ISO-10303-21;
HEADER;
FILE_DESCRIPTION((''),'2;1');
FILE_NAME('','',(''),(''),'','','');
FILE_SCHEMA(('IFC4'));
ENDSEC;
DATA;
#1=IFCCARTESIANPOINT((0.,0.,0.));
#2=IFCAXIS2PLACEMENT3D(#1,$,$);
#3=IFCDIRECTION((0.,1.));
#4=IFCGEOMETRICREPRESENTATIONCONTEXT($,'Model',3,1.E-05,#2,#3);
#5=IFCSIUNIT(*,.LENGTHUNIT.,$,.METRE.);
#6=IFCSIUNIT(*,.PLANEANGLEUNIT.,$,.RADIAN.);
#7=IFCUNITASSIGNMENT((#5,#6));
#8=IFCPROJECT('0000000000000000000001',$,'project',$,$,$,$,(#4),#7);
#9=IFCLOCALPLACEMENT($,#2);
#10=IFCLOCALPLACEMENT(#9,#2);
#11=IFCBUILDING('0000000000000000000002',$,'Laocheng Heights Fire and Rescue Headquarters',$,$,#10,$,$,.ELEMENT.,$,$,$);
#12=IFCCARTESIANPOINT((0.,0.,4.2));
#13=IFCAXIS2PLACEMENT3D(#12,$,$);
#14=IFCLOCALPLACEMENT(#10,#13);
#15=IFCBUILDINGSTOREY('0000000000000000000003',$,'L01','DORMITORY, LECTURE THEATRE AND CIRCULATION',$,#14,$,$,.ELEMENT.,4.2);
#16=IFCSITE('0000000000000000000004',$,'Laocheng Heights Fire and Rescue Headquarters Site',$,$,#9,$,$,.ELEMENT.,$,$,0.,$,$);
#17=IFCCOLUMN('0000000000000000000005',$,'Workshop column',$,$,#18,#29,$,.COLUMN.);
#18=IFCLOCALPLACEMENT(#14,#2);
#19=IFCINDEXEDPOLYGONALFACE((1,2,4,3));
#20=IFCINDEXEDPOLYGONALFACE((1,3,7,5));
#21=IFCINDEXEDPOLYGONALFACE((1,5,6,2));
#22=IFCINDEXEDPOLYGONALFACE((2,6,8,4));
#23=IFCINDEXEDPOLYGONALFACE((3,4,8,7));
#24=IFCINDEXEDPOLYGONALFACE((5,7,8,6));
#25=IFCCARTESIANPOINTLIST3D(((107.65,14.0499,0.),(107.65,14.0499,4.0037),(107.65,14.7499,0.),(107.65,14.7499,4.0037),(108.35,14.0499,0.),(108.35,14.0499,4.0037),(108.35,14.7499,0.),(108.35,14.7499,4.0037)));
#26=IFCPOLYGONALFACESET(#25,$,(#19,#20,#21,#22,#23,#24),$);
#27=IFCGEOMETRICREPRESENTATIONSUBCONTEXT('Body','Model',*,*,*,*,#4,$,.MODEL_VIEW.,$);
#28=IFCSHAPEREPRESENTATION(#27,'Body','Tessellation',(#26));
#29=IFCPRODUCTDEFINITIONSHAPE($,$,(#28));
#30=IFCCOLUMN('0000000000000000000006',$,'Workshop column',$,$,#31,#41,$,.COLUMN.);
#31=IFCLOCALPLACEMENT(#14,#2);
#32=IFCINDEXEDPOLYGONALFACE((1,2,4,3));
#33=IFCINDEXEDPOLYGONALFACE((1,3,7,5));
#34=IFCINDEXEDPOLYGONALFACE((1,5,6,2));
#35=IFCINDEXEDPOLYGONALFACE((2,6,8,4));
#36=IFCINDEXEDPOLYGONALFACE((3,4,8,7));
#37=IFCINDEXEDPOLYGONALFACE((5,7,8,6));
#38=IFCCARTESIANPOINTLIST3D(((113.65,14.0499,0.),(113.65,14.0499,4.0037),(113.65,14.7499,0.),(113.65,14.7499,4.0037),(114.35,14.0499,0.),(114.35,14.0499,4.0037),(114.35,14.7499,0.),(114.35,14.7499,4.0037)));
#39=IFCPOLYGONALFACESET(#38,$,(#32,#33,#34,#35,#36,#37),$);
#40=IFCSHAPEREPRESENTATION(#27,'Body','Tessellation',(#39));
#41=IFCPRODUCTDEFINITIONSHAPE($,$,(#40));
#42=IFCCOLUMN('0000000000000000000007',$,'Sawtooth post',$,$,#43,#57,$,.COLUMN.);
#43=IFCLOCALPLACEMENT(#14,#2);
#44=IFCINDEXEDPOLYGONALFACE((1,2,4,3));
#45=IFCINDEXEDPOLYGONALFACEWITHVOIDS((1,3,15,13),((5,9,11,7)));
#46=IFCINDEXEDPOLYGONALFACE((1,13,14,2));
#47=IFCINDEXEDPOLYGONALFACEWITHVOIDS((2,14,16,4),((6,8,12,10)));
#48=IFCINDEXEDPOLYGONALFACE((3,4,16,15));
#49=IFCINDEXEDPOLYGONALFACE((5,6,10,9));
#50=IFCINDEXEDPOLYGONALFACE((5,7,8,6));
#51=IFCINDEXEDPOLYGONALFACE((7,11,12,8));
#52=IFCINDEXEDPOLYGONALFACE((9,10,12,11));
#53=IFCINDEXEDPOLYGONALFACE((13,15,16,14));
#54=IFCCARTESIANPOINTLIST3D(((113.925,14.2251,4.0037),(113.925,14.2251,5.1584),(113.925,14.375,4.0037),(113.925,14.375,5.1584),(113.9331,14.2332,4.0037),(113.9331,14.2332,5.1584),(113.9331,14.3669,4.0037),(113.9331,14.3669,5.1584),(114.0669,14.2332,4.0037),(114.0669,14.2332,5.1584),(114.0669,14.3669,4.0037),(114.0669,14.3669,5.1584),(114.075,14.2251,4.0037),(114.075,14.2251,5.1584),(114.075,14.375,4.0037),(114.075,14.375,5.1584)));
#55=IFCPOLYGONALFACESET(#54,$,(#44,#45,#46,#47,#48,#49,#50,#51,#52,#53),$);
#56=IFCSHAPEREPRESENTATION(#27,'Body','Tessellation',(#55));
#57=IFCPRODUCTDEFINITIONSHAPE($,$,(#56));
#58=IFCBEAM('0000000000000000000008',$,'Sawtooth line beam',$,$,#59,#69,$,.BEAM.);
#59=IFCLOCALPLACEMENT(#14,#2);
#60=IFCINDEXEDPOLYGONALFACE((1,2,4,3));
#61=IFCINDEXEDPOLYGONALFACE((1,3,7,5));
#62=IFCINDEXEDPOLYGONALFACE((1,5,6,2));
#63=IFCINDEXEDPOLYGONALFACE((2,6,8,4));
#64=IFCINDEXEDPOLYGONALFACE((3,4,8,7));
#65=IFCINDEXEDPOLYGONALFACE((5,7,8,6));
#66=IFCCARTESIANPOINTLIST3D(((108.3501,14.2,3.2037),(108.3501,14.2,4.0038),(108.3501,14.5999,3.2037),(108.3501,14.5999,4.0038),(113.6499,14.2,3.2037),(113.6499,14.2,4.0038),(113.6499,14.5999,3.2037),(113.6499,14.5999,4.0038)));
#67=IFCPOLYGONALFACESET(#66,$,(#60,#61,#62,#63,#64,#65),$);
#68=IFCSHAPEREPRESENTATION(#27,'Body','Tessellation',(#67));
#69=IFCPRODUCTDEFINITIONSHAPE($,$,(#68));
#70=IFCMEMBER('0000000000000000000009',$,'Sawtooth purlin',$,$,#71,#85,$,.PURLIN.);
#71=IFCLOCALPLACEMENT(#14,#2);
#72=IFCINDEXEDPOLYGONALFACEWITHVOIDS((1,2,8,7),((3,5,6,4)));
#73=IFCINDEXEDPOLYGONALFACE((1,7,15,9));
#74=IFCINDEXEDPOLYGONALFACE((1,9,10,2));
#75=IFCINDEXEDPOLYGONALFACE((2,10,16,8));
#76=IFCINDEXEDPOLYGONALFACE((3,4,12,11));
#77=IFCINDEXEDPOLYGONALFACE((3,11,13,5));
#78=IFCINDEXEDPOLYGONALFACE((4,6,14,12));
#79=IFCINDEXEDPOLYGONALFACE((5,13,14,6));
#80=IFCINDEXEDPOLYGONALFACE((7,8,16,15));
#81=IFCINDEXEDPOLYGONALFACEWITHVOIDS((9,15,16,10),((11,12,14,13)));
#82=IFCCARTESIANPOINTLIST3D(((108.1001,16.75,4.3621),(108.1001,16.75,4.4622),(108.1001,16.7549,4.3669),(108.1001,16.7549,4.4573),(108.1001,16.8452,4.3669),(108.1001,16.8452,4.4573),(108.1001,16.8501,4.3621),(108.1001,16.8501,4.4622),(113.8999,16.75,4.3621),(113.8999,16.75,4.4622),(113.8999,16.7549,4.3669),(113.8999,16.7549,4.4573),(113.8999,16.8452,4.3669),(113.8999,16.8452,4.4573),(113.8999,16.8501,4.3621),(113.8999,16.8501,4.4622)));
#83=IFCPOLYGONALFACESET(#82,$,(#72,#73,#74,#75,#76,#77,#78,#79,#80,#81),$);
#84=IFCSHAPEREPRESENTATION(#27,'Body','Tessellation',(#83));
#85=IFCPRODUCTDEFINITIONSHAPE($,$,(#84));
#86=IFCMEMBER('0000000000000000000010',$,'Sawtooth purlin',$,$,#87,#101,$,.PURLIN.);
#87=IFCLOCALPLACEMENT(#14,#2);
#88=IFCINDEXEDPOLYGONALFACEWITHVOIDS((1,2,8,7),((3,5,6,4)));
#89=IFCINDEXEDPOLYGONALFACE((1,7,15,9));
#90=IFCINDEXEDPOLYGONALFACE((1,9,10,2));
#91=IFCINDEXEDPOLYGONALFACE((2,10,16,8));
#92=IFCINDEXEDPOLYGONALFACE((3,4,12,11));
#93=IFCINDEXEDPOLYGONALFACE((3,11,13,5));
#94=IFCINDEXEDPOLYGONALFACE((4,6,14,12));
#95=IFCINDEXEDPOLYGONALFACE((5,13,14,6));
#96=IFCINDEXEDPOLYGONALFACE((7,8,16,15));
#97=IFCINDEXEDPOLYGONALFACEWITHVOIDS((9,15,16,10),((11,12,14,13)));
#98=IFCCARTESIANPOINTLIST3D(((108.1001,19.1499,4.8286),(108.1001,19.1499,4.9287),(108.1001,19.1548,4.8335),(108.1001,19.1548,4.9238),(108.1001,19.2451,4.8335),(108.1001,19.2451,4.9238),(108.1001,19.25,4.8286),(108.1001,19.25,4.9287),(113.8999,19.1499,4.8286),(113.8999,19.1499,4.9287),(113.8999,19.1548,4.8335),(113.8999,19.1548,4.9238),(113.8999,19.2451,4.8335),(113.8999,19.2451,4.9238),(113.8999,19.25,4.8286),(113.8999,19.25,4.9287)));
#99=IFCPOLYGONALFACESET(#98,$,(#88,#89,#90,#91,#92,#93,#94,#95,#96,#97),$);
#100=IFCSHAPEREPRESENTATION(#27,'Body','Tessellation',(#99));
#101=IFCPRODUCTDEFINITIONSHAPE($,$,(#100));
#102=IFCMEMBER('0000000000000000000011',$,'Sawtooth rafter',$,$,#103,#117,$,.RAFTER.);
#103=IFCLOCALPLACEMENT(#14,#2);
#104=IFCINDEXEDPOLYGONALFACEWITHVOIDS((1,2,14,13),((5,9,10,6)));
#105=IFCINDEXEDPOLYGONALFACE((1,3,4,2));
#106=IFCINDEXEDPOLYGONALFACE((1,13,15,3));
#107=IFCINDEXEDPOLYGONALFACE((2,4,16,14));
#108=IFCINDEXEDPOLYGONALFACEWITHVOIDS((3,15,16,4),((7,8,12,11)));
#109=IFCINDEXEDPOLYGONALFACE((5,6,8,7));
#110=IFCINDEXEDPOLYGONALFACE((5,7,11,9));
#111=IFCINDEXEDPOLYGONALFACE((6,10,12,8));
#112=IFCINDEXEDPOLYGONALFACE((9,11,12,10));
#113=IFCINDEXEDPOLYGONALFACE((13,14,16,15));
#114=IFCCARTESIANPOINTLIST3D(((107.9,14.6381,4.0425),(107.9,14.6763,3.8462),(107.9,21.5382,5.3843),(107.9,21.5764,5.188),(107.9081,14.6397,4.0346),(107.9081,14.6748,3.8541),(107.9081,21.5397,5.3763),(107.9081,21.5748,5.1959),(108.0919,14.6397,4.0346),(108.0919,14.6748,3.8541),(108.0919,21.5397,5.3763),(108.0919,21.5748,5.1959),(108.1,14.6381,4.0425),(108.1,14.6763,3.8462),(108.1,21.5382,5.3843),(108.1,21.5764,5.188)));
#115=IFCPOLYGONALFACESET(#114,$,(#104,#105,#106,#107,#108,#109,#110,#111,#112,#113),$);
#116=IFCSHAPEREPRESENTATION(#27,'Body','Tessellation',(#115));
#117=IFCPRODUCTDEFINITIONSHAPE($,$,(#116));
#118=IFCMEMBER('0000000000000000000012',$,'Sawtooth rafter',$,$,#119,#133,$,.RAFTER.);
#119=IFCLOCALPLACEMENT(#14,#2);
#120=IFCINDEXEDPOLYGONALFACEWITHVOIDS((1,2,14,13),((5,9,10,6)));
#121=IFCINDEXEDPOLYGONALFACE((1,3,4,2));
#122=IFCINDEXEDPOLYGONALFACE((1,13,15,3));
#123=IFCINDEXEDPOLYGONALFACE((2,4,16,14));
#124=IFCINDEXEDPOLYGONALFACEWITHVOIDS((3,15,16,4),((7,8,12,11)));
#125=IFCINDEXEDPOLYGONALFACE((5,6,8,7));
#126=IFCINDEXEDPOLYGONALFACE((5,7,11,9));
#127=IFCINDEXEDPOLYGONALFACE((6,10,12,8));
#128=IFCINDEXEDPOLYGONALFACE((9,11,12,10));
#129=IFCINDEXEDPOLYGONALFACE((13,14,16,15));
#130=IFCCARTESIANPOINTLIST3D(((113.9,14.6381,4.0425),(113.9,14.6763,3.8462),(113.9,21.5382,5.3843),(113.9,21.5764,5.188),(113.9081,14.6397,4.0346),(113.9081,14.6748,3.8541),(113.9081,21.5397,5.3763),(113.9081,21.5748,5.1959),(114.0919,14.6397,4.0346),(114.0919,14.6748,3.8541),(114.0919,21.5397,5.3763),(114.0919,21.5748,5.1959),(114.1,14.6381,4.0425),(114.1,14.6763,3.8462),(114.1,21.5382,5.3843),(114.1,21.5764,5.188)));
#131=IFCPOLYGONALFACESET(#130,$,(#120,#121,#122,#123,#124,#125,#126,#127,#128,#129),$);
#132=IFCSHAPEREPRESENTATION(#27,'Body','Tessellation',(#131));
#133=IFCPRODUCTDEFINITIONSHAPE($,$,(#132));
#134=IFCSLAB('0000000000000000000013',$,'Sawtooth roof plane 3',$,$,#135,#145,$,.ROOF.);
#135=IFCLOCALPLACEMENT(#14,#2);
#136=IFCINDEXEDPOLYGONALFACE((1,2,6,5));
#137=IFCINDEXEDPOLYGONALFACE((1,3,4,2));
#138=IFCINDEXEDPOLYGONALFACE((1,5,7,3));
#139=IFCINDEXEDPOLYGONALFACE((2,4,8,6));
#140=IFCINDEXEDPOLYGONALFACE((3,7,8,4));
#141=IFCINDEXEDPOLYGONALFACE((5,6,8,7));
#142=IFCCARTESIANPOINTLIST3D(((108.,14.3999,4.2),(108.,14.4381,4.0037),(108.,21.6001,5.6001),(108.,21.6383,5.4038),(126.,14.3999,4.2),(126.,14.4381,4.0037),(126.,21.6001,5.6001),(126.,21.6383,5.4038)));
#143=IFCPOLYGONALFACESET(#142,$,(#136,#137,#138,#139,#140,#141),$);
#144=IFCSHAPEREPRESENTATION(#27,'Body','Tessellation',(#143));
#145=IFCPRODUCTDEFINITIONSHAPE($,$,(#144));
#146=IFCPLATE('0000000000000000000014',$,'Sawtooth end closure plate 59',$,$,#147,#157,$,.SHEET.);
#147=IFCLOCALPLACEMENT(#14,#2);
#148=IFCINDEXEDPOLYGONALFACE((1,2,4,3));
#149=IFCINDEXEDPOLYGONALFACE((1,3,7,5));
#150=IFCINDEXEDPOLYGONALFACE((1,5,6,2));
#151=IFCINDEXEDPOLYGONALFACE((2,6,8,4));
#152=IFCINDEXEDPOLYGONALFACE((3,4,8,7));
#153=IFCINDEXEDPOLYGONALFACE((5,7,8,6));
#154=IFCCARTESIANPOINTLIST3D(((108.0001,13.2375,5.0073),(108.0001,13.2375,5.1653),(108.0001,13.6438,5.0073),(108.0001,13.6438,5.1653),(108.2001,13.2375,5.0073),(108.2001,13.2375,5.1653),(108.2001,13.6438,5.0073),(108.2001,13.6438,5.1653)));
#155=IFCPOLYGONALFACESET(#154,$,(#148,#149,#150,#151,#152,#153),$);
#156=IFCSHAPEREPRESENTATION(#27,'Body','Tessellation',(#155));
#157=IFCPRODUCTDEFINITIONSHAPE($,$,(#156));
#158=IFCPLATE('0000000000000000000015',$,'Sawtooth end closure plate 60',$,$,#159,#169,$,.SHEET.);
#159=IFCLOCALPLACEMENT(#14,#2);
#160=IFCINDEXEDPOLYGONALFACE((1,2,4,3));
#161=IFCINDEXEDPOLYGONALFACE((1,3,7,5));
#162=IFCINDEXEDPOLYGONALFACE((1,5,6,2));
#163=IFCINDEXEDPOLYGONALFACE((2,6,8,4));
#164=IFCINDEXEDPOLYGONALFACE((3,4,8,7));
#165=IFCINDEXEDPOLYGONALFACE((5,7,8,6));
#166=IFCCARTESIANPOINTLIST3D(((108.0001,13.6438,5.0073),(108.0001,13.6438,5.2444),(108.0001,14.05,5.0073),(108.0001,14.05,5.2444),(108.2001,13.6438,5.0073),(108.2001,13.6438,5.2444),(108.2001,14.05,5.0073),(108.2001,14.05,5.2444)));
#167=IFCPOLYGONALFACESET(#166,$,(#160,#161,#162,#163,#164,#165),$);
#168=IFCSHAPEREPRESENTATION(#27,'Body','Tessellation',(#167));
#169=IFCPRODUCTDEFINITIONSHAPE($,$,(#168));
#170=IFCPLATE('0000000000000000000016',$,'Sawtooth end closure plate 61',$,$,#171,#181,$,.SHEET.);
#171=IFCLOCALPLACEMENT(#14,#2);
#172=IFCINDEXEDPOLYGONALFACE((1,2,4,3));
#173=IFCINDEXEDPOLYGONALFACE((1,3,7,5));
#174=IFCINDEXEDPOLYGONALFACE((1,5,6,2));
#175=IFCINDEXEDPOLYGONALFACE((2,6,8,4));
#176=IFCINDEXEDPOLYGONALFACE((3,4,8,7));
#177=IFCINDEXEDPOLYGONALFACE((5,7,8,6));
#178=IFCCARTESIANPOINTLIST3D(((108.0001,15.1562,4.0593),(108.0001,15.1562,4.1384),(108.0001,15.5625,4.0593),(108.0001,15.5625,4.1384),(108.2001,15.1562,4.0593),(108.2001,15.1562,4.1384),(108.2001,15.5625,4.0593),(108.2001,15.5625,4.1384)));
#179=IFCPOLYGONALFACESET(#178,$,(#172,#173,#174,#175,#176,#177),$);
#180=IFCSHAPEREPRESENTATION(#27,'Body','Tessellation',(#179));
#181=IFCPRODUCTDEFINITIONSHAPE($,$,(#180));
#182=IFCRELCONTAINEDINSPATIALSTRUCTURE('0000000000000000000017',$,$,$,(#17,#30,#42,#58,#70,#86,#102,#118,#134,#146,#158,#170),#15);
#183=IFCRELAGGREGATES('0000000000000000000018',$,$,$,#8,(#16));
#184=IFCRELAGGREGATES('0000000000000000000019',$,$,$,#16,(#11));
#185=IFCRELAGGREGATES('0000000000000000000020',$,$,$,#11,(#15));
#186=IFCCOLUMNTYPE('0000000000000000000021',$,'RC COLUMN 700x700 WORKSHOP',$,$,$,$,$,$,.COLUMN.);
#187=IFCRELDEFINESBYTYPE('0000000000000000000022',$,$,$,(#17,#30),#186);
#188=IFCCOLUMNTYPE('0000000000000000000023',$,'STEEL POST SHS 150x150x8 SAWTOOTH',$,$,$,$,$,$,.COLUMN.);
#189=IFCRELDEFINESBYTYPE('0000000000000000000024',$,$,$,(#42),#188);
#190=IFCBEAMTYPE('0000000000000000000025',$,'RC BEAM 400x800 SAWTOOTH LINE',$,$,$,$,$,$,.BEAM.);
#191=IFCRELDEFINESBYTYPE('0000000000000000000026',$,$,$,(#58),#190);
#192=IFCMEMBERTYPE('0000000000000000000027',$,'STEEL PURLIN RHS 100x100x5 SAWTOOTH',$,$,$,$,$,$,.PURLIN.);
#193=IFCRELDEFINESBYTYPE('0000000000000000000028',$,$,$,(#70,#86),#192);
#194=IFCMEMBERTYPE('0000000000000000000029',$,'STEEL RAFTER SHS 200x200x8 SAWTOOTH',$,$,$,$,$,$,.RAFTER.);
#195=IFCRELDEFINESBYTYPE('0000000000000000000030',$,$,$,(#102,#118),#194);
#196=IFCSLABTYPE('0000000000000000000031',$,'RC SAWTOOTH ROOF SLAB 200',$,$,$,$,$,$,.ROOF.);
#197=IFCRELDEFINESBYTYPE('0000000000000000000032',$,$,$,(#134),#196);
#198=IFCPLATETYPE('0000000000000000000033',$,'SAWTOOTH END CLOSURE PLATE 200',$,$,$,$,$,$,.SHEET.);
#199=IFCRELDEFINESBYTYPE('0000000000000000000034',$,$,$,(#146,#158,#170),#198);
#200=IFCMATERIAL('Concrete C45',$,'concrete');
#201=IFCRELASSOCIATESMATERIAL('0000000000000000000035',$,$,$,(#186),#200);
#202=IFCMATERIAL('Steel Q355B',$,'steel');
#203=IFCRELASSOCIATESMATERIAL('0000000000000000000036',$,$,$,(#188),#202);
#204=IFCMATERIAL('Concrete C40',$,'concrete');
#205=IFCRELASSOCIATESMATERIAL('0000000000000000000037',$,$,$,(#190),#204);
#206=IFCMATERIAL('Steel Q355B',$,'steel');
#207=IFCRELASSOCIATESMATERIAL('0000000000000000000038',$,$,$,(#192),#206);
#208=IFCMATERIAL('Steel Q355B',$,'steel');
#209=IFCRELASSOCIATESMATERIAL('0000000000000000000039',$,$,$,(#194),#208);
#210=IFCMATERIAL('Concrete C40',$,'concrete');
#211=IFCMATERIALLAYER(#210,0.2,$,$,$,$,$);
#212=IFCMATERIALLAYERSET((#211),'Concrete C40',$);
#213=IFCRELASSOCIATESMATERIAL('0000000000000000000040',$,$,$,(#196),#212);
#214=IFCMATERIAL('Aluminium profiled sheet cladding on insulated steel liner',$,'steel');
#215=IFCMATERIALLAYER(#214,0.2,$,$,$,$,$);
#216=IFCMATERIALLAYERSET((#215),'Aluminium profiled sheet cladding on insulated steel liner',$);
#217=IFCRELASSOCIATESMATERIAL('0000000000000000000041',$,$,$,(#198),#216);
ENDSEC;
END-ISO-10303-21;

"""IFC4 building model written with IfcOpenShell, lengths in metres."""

from ifc_helpers import new_model, si_unit, direction, frame, origin, origin_2d, place, context, subcontext, project, spatial, polyline, rectangle, hollow_rectangle, outline, extrude, material, layer, layer_set, material_profile, profile_set, type_object, element, save


model = new_model("IFC4")

# Units and contexts
model_context = context("Model", 3, precision=1e-05, world=origin(), true_north=direction((0.0, 1.0)))
body_context = subcontext(model_context, "Body", "Model", "MODEL_VIEW")
ifc_project = project(units=[si_unit("LENGTHUNIT", "METRE"), si_unit("PLANEANGLEUNIT", "RADIAN")], contexts=[model_context])

# Site, building, storey
site_placement = place(None, origin())
site = spatial("IfcSite", under=ifc_project, at=site_placement, Name="Laocheng Heights Fire and Rescue Headquarters Site", CompositionType="ELEMENT", RefElevation=0.0)
building_placement = place(site_placement, origin())
building = spatial("IfcBuilding", under=site, at=building_placement, Name="Laocheng Heights Fire and Rescue Headquarters", CompositionType="ELEMENT")
storey_placement = place(building_placement, frame((0.0, 0.0, 4.2)))
storey = spatial("IfcBuildingStorey", under=building, at=storey_placement, Name="L01", Description="DORMITORY, LECTURE THEATRE AND CIRCULATION", CompositionType="ELEMENT", Elevation=4.2)

# Columns
ifc_material_1 = material(Name="Concrete C45", Category="concrete")
ifc_material_profile_1 = material_profile(ifc_material_1, rectangle(XDim=0.7, YDim=0.7, at=origin_2d()), Name="RC COLUMN 700x700 WORKSHOP")
ifc_profile_set_1 = profile_set([ifc_material_profile_1], Name="Concrete C45")
column_type_1 = type_object("IfcColumnType", Name="RC COLUMN 700x700 WORKSHOP", PredefinedType="COLUMN", material=ifc_profile_set_1)
for number, where, z_axis, x_axis, name in (
    (1, (108.0, 14.3999, 0.0), (0.0, 0.0, 1.0), (1.0, 0.0, 0.0), "Workshop column"),
    (2, (114.0, 14.3999, 0.0), (0.0, 0.0, 1.0), (1.0, 0.0, 0.0), "Workshop column"),
):
    element("IfcColumn", number, at=place(storey_placement, frame(where, z_axis=z_axis, x_axis=x_axis)), inside=storey, type_object=column_type_1, Name=name, PredefinedType="COLUMN", context=body_context, shape_type="SweptSolid", body=[
        extrude(rectangle(XDim=0.7, YDim=0.7, at=origin_2d()), origin(), (0.0, 0.0, 1.0), 4.0037),
    ])
ifc_material_2 = material(Name="Steel Q355B", Category="steel")
ifc_material_profile_2 = material_profile(ifc_material_2, hollow_rectangle(XDim=0.1499, YDim=0.1499, WallThickness=0.0081, at=origin_2d()), Name="SHS 150x150x8")
ifc_profile_set_2 = profile_set([ifc_material_profile_2], Name="Steel Q355B")
column_type_2 = type_object("IfcColumnType", Name="STEEL POST SHS 150x150x8 SAWTOOTH", PredefinedType="COLUMN", material=ifc_profile_set_2)
column_placement = place(storey_placement, frame((114.0, 14.3, 4.0037), z_axis=(0.0, 0.0, 1.0), x_axis=(1.0, 0.0, 0.0)))
element("IfcColumn", 3, at=column_placement, inside=storey, type_object=column_type_2, Name="Sawtooth post", PredefinedType="COLUMN", context=body_context, shape_type="SweptSolid", body=[
    extrude(hollow_rectangle(XDim=0.1499, YDim=0.1499, WallThickness=0.0081, at=origin_2d()), origin(), (0.0, 0.0, 1.0), 1.1548),
])

# Beam
ifc_material_3 = material(Name="Concrete C40", Category="concrete")
ifc_material_profile_3 = material_profile(ifc_material_3, rectangle(XDim=0.3999, YDim=0.8, at=origin_2d()), Name="RC BEAM 400x800 SAWTOOTH LINE")
ifc_profile_set_3 = profile_set([ifc_material_profile_3], Name="Concrete C40")
beam_type = type_object("IfcBeamType", Name="RC BEAM 400x800 SAWTOOTH LINE", PredefinedType="BEAM", material=ifc_profile_set_3)
beam_placement = place(storey_placement, frame((108.3501, 14.3999, 3.6038), z_axis=(1.0, 0.0, 0.0), x_axis=(0.0, 1.0, 0.0)))
element("IfcBeam", 4, at=beam_placement, inside=storey, type_object=beam_type, Name="Sawtooth line beam", PredefinedType="BEAM", context=body_context, shape_type="SweptSolid", body=[
    extrude(rectangle(XDim=0.3999, YDim=0.8, at=origin_2d()), origin(), (0.0, 0.0, 1.0), 5.2998),
])

# Members
ifc_material_4 = material(Name="Steel Q355B", Category="steel")
ifc_material_profile_4 = material_profile(ifc_material_4, hollow_rectangle(XDim=0.1001, YDim=0.1001, WallThickness=0.0049, at=origin_2d()), Name="RHS 100x100x5")
ifc_profile_set_4 = profile_set([ifc_material_profile_4], Name="Steel Q355B")
member_type_1 = type_object("IfcMemberType", Name="STEEL PURLIN RHS 100x100x5 SAWTOOTH", PredefinedType="PURLIN", material=ifc_profile_set_4)
for number, where, z_axis, x_axis, name in (
    (5, (108.1001, 16.8, 4.4121), (1.0, 0.0, 0.0), (0.0, 1.0, 0.0), "Sawtooth purlin"),
    (6, (108.1001, 19.2, 4.8787), (1.0, 0.0, 0.0), (0.0, 1.0, 0.0), "Sawtooth purlin"),
):
    element("IfcMember", number, at=place(storey_placement, frame(where, z_axis=z_axis, x_axis=x_axis)), inside=storey, type_object=member_type_1, Name=name, PredefinedType="PURLIN", context=body_context, shape_type="SweptSolid", body=[
        extrude(hollow_rectangle(XDim=0.1001, YDim=0.1001, WallThickness=0.0049, at=origin_2d()), origin(), (0.0, 0.0, 1.0), 5.7998),
    ])
ifc_material_5 = material(Name="Steel Q355B", Category="steel")
ifc_material_profile_5 = material_profile(ifc_material_5, hollow_rectangle(XDim=0.2, YDim=0.2, WallThickness=0.0081, at=origin_2d()), Name="SHS 200x200x8")
ifc_profile_set_5 = profile_set([ifc_material_profile_5], Name="Steel Q355B")
member_type_2 = type_object("IfcMemberType", Name="STEEL RAFTER SHS 200x200x8 SAWTOOTH", PredefinedType="RAFTER", material=ifc_profile_set_5)
for number, where, z_axis, x_axis, name in (
    (7, (108.0, 14.6572, 3.9443), (0.0, 0.981613, 0.190884), (-1.0, 0.0, 0.0), "Sawtooth rafter"),
    (8, (114.0, 14.6572, 3.9443), (0.0, 0.981613, 0.190884), (-1.0, 0.0, 0.0), "Sawtooth rafter"),
):
    element("IfcMember", number, at=place(storey_placement, frame(where, z_axis=z_axis, x_axis=x_axis)), inside=storey, type_object=member_type_2, Name=name, PredefinedType="RAFTER", context=body_context, shape_type="SweptSolid", body=[
        extrude(hollow_rectangle(XDim=0.2, YDim=0.2, WallThickness=0.0081, at=origin_2d()), origin(), (0.0, 0.0, 1.0), 7.0293),
    ])

# Slab
ifc_material_6 = material(Name="Concrete C40", Category="concrete")
ifc_layer_1 = layer(ifc_material_6, 0.2)
ifc_layer_set_1 = layer_set([ifc_layer_1], Name="Concrete C40")
slab_type = type_object("IfcSlabType", Name="RC SAWTOOTH ROOF SLAB 200", PredefinedType="ROOF", material=ifc_layer_set_1)
slab_placement = place(storey_placement, frame((108.0, 14.3999, 4.2), z_axis=(0.0, -0.190884, 0.981613), x_axis=(1.0, 0.0, 0.0)))
element("IfcSlab", 9, at=slab_placement, inside=storey, type_object=slab_type, Name="Sawtooth roof plane 3", PredefinedType="ROOF", context=body_context, shape_type="SweptSolid", body=[
    extrude(outline(polyline([(0.0, 0.0), (18.0, 0.0), (18.0, 7.3351), (0.0, 7.3351), (0.0, 0.0)])), origin(), (0.0, 0.0, -1.0), 0.2),
])

# Plates
ifc_material_7 = material(Name="Aluminium profiled sheet cladding on insulated steel liner", Category="steel")
ifc_layer_2 = layer(ifc_material_7, 0.2)
ifc_layer_set_2 = layer_set([ifc_layer_2], Name="Aluminium profiled sheet cladding on insulated steel liner")
plate_type = type_object("IfcPlateType", Name="SAWTOOTH END CLOSURE PLATE 200", PredefinedType="SHEET", material=ifc_layer_set_2)
plate_1_placement = place(storey_placement, frame((108.1001, 13.4407, 5.0073), z_axis=(0.0, 0.0, 1.0), x_axis=(1.0, 0.0, 0.0)))
element("IfcPlate", 10, at=plate_1_placement, inside=storey, type_object=plate_type, Name="Sawtooth end closure plate 59", PredefinedType="SHEET", context=body_context, shape_type="SweptSolid", body=[
    extrude(rectangle(XDim=0.2, YDim=0.4062, at=origin_2d()), origin(), (0.0, 0.0, 1.0), 0.158),
])
plate_2_placement = place(storey_placement, frame((108.1001, 13.8469, 5.0073), z_axis=(0.0, 0.0, 1.0), x_axis=(1.0, 0.0, 0.0)))
element("IfcPlate", 11, at=plate_2_placement, inside=storey, type_object=plate_type, Name="Sawtooth end closure plate 60", PredefinedType="SHEET", context=body_context, shape_type="SweptSolid", body=[
    extrude(rectangle(XDim=0.2, YDim=0.4062, at=origin_2d()), origin(), (0.0, 0.0, 1.0), 0.2371),
])
plate_3_placement = place(storey_placement, frame((108.1001, 15.3594, 4.0593), z_axis=(0.0, 0.0, 1.0), x_axis=(1.0, 0.0, 0.0)))
element("IfcPlate", 12, at=plate_3_placement, inside=storey, type_object=plate_type, Name="Sawtooth end closure plate 61", PredefinedType="SHEET", context=body_context, shape_type="SweptSolid", body=[
    extrude(rectangle(XDim=0.2, YDim=0.4062, at=origin_2d()), origin(), (0.0, 0.0, 1.0), 0.0791),
])

save(model, "model.ifc")
